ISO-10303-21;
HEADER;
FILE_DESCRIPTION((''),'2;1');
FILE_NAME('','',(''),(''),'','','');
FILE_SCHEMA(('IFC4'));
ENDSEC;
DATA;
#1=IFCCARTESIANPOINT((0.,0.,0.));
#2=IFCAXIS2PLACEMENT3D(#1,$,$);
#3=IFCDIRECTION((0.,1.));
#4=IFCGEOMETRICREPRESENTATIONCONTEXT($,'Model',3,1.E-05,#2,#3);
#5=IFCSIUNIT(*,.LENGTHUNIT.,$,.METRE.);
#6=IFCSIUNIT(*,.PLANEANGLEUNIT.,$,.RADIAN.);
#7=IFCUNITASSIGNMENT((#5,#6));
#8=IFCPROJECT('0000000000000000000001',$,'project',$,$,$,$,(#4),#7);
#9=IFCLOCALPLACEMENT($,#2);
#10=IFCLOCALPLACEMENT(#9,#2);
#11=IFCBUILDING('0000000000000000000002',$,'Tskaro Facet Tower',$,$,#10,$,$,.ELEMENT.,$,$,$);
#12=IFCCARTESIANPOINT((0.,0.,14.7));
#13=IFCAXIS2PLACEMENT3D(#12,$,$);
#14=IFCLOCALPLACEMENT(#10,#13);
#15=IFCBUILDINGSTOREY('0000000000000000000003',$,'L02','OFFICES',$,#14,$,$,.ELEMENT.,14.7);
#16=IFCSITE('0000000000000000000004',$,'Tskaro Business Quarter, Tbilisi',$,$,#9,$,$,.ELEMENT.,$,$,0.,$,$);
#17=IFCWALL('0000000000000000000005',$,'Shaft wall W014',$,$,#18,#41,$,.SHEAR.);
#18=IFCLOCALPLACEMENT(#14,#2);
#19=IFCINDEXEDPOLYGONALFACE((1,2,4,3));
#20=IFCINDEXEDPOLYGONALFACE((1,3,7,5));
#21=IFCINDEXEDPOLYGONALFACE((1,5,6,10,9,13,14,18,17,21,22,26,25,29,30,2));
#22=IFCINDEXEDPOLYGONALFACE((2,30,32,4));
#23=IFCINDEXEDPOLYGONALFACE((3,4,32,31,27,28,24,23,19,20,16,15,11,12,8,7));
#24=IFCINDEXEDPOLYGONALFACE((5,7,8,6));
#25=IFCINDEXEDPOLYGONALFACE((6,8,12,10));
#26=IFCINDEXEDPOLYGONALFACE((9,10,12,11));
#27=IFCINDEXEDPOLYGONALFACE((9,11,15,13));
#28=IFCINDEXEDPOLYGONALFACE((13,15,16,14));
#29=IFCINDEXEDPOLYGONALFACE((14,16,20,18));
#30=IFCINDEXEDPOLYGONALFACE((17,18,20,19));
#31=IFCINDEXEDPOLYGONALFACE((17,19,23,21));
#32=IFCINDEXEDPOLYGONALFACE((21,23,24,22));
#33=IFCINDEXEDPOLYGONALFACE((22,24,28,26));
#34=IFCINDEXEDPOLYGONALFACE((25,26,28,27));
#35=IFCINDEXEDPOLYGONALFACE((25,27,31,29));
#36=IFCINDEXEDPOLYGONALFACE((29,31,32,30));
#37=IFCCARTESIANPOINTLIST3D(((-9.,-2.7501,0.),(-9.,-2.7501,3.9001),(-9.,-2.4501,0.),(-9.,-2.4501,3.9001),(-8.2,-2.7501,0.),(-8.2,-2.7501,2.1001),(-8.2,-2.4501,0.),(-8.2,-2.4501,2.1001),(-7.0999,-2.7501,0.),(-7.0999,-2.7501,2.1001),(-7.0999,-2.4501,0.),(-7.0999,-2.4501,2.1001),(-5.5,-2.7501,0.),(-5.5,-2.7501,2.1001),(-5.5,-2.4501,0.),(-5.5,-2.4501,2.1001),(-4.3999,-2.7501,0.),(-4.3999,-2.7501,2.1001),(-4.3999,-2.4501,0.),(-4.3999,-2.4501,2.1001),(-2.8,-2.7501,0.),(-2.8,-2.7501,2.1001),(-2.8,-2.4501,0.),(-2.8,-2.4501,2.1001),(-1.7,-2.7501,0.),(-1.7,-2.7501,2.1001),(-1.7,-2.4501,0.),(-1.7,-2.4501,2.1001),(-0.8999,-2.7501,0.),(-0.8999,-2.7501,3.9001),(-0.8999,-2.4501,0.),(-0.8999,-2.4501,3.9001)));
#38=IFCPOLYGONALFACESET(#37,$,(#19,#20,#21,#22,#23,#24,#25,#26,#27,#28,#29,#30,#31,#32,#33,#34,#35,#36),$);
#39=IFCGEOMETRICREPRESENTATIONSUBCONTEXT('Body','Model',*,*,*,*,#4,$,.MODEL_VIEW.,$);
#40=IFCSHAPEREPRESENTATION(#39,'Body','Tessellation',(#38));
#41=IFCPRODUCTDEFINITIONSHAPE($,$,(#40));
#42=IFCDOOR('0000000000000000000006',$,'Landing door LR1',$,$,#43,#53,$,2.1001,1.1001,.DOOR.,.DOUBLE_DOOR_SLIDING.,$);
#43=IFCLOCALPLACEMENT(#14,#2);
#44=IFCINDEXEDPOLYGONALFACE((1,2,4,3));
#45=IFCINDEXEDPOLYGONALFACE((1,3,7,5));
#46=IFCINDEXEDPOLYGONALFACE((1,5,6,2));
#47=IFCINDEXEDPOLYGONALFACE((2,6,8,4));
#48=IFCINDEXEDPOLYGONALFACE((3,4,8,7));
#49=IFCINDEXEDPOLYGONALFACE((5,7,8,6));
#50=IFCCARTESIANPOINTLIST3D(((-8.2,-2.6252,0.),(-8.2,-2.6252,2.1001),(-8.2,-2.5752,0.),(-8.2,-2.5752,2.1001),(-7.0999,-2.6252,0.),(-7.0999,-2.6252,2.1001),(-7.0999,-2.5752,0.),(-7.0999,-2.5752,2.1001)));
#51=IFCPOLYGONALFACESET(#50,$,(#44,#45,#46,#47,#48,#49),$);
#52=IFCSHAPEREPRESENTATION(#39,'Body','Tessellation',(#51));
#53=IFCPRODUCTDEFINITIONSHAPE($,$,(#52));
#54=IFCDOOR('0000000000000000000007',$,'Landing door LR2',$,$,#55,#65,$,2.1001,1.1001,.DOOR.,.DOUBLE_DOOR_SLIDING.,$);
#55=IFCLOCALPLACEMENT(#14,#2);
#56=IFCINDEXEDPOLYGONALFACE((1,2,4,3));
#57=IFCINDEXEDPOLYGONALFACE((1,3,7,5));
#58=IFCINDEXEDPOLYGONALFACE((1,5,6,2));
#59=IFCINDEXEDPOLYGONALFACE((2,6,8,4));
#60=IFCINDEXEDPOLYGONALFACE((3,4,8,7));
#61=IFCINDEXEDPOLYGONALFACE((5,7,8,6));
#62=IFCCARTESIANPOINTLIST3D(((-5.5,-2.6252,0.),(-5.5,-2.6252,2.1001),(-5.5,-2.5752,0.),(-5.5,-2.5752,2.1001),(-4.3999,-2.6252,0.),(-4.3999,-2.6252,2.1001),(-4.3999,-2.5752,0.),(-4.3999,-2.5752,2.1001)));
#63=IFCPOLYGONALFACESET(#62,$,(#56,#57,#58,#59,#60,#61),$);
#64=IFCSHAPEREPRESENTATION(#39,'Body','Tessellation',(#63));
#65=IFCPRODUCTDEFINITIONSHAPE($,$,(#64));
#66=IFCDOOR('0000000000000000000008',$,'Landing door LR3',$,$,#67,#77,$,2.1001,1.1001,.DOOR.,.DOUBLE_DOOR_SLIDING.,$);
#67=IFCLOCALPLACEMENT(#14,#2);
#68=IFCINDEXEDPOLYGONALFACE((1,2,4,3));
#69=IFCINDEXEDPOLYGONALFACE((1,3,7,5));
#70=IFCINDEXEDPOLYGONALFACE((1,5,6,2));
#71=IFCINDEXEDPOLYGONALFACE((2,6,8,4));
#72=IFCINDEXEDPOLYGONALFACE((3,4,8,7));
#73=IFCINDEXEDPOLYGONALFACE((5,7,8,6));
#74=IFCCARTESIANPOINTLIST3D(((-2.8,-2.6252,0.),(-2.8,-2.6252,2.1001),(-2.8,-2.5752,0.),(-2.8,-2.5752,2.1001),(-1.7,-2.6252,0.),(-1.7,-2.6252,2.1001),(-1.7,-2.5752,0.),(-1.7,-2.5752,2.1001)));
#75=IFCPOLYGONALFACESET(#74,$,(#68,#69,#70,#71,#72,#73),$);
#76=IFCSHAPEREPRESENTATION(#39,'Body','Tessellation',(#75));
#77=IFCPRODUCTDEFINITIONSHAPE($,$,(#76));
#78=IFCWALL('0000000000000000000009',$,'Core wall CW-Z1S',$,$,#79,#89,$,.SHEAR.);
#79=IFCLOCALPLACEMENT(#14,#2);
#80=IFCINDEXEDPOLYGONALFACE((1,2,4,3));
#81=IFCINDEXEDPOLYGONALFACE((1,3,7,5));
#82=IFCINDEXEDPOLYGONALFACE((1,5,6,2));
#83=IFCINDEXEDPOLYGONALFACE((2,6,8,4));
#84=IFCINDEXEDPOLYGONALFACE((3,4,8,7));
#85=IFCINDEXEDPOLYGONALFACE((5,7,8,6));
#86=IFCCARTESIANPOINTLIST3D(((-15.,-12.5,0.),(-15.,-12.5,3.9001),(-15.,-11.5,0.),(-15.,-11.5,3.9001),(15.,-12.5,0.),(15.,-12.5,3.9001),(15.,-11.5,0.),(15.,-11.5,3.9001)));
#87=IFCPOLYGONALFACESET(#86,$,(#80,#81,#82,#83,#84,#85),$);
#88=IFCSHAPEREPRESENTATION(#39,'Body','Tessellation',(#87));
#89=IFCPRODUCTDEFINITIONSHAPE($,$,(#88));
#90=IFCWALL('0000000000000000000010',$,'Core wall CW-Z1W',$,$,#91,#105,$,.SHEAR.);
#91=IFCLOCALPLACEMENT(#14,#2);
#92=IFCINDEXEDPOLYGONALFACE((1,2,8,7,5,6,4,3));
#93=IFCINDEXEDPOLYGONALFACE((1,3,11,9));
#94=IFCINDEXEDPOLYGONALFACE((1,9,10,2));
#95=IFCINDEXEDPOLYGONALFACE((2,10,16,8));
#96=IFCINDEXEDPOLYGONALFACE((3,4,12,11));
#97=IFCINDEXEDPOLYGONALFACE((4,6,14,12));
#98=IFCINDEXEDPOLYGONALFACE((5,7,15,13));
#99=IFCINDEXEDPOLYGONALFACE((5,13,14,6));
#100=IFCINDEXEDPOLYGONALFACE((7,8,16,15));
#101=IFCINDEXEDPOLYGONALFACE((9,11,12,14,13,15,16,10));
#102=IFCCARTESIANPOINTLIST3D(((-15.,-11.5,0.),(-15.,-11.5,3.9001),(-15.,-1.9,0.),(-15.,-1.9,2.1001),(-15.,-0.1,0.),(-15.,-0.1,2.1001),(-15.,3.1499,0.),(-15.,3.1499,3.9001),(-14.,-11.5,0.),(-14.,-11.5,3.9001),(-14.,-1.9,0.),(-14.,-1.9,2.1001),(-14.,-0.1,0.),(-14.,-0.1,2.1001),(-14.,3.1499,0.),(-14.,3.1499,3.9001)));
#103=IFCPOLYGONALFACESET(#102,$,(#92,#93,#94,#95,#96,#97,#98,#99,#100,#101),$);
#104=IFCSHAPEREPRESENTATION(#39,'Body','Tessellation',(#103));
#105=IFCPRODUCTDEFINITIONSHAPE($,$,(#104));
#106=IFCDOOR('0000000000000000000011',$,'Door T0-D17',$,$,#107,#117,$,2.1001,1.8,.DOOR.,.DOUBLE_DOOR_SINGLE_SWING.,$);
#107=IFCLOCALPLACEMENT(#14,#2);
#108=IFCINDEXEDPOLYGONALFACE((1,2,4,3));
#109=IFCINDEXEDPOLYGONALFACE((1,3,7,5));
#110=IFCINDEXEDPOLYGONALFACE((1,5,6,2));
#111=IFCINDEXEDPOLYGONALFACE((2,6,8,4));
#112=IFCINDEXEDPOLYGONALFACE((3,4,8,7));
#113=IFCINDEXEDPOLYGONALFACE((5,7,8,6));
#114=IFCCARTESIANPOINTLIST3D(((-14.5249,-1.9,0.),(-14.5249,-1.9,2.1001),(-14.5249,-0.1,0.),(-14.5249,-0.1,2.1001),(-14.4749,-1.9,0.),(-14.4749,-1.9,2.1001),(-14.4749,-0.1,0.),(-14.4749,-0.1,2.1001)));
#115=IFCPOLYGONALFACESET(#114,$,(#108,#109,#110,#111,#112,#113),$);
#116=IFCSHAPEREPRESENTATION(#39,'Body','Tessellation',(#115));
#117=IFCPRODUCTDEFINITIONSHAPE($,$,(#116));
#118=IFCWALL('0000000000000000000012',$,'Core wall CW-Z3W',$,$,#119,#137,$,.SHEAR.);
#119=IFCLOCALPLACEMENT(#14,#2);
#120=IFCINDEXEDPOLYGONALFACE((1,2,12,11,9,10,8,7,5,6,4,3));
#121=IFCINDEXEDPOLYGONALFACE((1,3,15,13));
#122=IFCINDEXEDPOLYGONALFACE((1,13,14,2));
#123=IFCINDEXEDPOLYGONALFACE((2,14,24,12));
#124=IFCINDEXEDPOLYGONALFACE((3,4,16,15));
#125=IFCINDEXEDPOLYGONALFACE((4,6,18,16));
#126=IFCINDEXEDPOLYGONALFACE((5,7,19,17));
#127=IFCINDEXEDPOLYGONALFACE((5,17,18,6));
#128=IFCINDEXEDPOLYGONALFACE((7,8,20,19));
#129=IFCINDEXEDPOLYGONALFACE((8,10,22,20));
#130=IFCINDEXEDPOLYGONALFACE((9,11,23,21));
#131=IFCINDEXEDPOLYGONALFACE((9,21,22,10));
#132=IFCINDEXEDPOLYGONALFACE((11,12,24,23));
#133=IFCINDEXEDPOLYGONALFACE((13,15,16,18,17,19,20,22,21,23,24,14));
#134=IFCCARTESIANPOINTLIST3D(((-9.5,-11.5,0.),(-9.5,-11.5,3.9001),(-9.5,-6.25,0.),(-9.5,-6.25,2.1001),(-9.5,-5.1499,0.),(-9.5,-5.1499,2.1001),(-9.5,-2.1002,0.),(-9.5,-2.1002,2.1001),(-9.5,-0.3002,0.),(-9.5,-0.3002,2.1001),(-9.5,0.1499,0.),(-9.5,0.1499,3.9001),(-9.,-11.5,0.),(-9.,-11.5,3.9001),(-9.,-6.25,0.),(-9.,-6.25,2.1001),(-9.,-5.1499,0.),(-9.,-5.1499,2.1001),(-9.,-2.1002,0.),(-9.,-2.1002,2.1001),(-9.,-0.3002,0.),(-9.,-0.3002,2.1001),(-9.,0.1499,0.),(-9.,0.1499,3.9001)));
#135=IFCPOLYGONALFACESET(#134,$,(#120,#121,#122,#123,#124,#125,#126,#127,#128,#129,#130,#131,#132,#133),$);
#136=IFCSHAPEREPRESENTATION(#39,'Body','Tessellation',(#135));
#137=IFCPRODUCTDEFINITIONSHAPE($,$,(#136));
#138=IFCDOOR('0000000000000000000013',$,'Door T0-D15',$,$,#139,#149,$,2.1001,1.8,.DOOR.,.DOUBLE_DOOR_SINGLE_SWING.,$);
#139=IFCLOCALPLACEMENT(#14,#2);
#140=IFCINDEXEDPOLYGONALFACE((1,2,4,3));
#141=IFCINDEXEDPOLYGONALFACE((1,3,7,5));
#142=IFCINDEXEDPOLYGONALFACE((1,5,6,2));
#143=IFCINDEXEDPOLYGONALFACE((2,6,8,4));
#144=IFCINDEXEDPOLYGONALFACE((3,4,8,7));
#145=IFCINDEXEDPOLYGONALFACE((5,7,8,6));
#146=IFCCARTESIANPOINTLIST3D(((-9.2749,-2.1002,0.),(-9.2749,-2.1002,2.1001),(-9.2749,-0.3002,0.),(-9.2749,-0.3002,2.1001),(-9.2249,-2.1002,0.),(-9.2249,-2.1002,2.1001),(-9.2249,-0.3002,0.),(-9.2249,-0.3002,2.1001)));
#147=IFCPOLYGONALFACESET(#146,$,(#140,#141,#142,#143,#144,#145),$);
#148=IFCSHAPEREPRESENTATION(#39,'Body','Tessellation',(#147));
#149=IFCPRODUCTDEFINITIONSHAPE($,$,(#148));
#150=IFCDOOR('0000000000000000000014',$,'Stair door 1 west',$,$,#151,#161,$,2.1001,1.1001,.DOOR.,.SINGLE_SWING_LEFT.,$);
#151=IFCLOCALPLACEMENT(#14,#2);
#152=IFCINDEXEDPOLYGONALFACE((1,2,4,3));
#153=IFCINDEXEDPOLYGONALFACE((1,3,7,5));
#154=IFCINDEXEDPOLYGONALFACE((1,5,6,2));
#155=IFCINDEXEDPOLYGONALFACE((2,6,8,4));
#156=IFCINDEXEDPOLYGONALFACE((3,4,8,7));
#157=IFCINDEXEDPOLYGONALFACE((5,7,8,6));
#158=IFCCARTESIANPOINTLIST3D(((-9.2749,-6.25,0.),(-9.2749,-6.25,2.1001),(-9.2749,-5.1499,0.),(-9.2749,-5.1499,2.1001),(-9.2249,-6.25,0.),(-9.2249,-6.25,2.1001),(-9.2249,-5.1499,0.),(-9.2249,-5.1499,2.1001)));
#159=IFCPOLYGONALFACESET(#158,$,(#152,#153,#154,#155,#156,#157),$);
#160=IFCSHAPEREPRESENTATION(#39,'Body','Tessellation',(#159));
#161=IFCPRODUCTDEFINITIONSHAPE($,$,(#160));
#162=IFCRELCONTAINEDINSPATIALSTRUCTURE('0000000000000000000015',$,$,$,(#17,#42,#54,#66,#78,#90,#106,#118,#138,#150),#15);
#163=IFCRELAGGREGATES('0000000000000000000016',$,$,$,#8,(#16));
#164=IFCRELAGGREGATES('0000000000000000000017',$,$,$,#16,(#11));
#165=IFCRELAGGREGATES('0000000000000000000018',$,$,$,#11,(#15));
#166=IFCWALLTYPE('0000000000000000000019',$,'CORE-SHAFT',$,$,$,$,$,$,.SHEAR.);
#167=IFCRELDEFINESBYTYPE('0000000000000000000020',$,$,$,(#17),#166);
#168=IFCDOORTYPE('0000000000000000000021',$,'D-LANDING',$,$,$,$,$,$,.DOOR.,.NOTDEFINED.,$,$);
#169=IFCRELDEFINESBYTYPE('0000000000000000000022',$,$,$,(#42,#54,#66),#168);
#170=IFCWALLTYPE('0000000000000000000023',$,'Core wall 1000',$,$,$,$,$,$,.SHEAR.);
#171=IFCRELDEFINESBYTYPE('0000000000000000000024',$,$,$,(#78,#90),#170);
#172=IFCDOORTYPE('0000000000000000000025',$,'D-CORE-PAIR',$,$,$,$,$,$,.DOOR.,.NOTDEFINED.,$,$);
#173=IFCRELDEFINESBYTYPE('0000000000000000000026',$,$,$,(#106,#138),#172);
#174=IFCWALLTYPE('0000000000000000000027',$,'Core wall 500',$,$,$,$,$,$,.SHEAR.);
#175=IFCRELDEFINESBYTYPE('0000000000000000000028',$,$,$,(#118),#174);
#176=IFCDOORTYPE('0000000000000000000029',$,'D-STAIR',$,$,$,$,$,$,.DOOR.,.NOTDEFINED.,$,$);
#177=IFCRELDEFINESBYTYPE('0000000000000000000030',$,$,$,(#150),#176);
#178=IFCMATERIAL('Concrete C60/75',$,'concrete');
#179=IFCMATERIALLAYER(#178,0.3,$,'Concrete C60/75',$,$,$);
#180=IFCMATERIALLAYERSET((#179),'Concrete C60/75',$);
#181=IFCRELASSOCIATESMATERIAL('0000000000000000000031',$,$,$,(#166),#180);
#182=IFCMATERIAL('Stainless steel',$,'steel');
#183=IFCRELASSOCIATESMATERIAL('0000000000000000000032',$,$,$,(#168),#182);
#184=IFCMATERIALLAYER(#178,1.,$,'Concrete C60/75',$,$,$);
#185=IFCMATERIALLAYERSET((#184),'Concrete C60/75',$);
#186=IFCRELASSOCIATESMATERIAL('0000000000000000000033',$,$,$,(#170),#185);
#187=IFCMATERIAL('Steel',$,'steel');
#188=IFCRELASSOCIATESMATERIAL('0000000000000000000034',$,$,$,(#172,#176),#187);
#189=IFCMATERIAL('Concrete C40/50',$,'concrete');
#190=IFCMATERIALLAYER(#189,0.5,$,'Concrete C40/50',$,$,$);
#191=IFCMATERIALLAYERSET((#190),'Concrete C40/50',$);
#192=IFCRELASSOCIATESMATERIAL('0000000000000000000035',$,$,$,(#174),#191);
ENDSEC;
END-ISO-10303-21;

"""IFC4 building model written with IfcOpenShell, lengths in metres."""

from ifc_helpers import new_model, si_unit, direction, frame, frame_2d, origin, place, context, subcontext, project, spatial, rectangle, extrude, material, layer, layer_set, type_object, element, fill, save


model = new_model("IFC4")

# Units and contexts
model_context = context("Model", 3, precision=1e-05, world=origin(), true_north=direction((0.0, 1.0)))
body_context = subcontext(model_context, "Body", "Model", "MODEL_VIEW")
ifc_project = project(units=[si_unit("LENGTHUNIT", "METRE"), si_unit("PLANEANGLEUNIT", "RADIAN")], contexts=[model_context])

# Site, building, storey
site_placement = place(None, origin())
site = spatial("IfcSite", under=ifc_project, at=site_placement, Name="Tskaro Business Quarter, Tbilisi", CompositionType="ELEMENT", RefElevation=0.0)
building_placement = place(site_placement, origin())
building = spatial("IfcBuilding", under=site, at=building_placement, Name="Tskaro Facet Tower", CompositionType="ELEMENT")
storey_placement = place(building_placement, frame((0.0, 0.0, 14.7)))
storey = spatial("IfcBuildingStorey", under=building, at=storey_placement, Name="L02", Description="OFFICES", CompositionType="ELEMENT", Elevation=14.7)

# Shared definitions
ifc_material_1 = material(Name="Concrete C60/75", Category="concrete")
ifc_layer_1 = layer(ifc_material_1, 0.3, Name="Concrete C60/75")
ifc_layer_set_1 = layer_set([ifc_layer_1], Name="Concrete C60/75")
wall_type_1 = type_object("IfcWallType", Name="CORE-SHAFT", PredefinedType="SHEAR", material=ifc_layer_set_1)

# Wall, openings, doors
wall_1_placement = place(storey_placement, frame((-9.0, -2.6001, 0.0), z_axis=(0.0, 0.0, 1.0), x_axis=(1.0, 0.0, 0.0)))
wall_1 = element("IfcWall", 1, at=wall_1_placement, inside=storey, type_object=wall_type_1, Name="Shaft wall W014", PredefinedType="SHEAR", context=body_context, shape_type="SweptSolid", body=[
    extrude(rectangle(XDim=8.1001, YDim=0.3, at=frame_2d((4.05, 0.0))), origin(), (0.0, 0.0, 1.0), 3.9001),
])
opening_1_placement = place(wall_1_placement, frame((0.8, 0.0, 0.0)))
opening_1 = element("IfcOpeningElement", 2, at=opening_1_placement, cuts=wall_1, PredefinedType="OPENING", context=body_context, shape_type="SweptSolid", body=[
    extrude(rectangle(XDim=1.1001, YDim=2.1001, at=frame_2d((0.55, 1.05))), frame((0.0, 0.1599, 0.0), z_axis=(0.0, -1.0, 0.0), x_axis=(1.0, 0.0, 0.0)), (0.0, 0.0, 1.0), 0.3201),
])
opening_2_placement = place(wall_1_placement, frame((3.5, 0.0, 0.0)))
opening_2 = element("IfcOpeningElement", 3, at=opening_2_placement, cuts=wall_1, PredefinedType="OPENING", context=body_context, shape_type="SweptSolid", body=[
    extrude(rectangle(XDim=1.1001, YDim=2.1001, at=frame_2d((0.55, 1.05))), frame((0.0, 0.1599, 0.0), z_axis=(0.0, -1.0, 0.0), x_axis=(1.0, 0.0, 0.0)), (0.0, 0.0, 1.0), 0.3201),
])
opening_3_placement = place(wall_1_placement, frame((6.2, 0.0, 0.0)))
opening_3 = element("IfcOpeningElement", 4, at=opening_3_placement, cuts=wall_1, PredefinedType="OPENING", context=body_context, shape_type="SweptSolid", body=[
    extrude(rectangle(XDim=1.1001, YDim=2.1001, at=frame_2d((0.55, 1.05))), frame((0.0, 0.1599, 0.0), z_axis=(0.0, -1.0, 0.0), x_axis=(1.0, 0.0, 0.0)), (0.0, 0.0, 1.0), 0.3201),
])
ifc_material_2 = material(Name="Stainless steel", Category="steel")
door_type_1 = type_object("IfcDoorType", Name="D-LANDING", OperationType="NOTDEFINED", PredefinedType="DOOR", material=ifc_material_2)
door_1_placement = place(opening_1_placement, origin())
door_1 = element("IfcDoor", 5, at=door_1_placement, inside=storey, type_object=door_type_1, Name="Landing door LR1", OperationType="DOUBLE_DOOR_SLIDING", OverallHeight=2.1001, OverallWidth=1.1001, PredefinedType="DOOR", context=body_context, shape_type="SweptSolid", body=[
    extrude(rectangle(XDim=1.1001, YDim=2.1001, at=frame_2d((0.55, 1.05))), frame((0.0, 0.0249, 0.0), z_axis=(0.0, -1.0, 0.0), x_axis=(1.0, 0.0, 0.0)), (0.0, 0.0, 1.0), 0.05),
])
fill(opening_1, door_1)
door_2_placement = place(opening_2_placement, origin())
door_2 = element("IfcDoor", 6, at=door_2_placement, inside=storey, type_object=door_type_1, Name="Landing door LR2", OperationType="DOUBLE_DOOR_SLIDING", OverallHeight=2.1001, OverallWidth=1.1001, PredefinedType="DOOR", context=body_context, shape_type="SweptSolid", body=[
    extrude(rectangle(XDim=1.1001, YDim=2.1001, at=frame_2d((0.55, 1.05))), frame((0.0, 0.0249, 0.0), z_axis=(0.0, -1.0, 0.0), x_axis=(1.0, 0.0, 0.0)), (0.0, 0.0, 1.0), 0.05),
])
fill(opening_2, door_2)
door_3_placement = place(opening_3_placement, origin())
door_3 = element("IfcDoor", 7, at=door_3_placement, inside=storey, type_object=door_type_1, Name="Landing door LR3", OperationType="DOUBLE_DOOR_SLIDING", OverallHeight=2.1001, OverallWidth=1.1001, PredefinedType="DOOR", context=body_context, shape_type="SweptSolid", body=[
    extrude(rectangle(XDim=1.1001, YDim=2.1001, at=frame_2d((0.55, 1.05))), frame((0.0, 0.0249, 0.0), z_axis=(0.0, -1.0, 0.0), x_axis=(1.0, 0.0, 0.0)), (0.0, 0.0, 1.0), 0.05),
])
fill(opening_3, door_3)

# Wall
ifc_layer_2 = layer(ifc_material_1, 1.0, Name="Concrete C60/75")
ifc_layer_set_2 = layer_set([ifc_layer_2], Name="Concrete C60/75")
wall_type_2 = type_object("IfcWallType", Name="Core wall 1000", PredefinedType="SHEAR", material=ifc_layer_set_2)
wall_2_placement = place(storey_placement, frame((-15.0, -12.0, 0.0), z_axis=(0.0, 0.0, 1.0), x_axis=(1.0, 0.0, 0.0)))
element("IfcWall", 8, at=wall_2_placement, inside=storey, type_object=wall_type_2, Name="Core wall CW-Z1S", PredefinedType="SHEAR", context=body_context, shape_type="SweptSolid", body=[
    extrude(rectangle(XDim=30.0, YDim=1.0, at=frame_2d((15.0, 0.0))), origin(), (0.0, 0.0, 1.0), 3.9001),
])

# Wall, opening, door
wall_3_placement = place(storey_placement, frame((-14.5, -11.5, 0.0), z_axis=(0.0, 0.0, 1.0), x_axis=(0.0, 1.0, 0.0)))
wall_3 = element("IfcWall", 9, at=wall_3_placement, inside=storey, type_object=wall_type_2, Name="Core wall CW-Z1W", PredefinedType="SHEAR", context=body_context, shape_type="SweptSolid", body=[
    extrude(rectangle(XDim=14.6499, YDim=1.0, at=frame_2d((7.325, 0.0))), origin(), (0.0, 0.0, 1.0), 3.9001),
])
opening_4_placement = place(wall_3_placement, frame((9.6001, 0.0, 0.0)))
opening_4 = element("IfcOpeningElement", 10, at=opening_4_placement, cuts=wall_3, PredefinedType="OPENING", context=body_context, shape_type="SweptSolid", body=[
    extrude(rectangle(XDim=1.8, YDim=2.1001, at=frame_2d((0.8999, 1.05))), frame((0.0, 0.51, 0.0), z_axis=(0.0, -1.0, 0.0), x_axis=(1.0, 0.0, 0.0)), (0.0, 0.0, 1.0), 1.02),
])
ifc_material_3 = material(Name="Steel", Category="steel")
door_type_2 = type_object("IfcDoorType", Name="D-CORE-PAIR", OperationType="NOTDEFINED", PredefinedType="DOOR", material=ifc_material_3)
door_4_placement = place(opening_4_placement, origin())
door_4 = element("IfcDoor", 11, at=door_4_placement, inside=storey, type_object=door_type_2, Name="Door T0-D17", OperationType="DOUBLE_DOOR_SINGLE_SWING", OverallHeight=2.1001, OverallWidth=1.8, PredefinedType="DOOR", context=body_context, shape_type="SweptSolid", body=[
    extrude(rectangle(XDim=1.8, YDim=2.1001, at=frame_2d((0.8999, 1.05))), frame((0.0, 0.0249, 0.0), z_axis=(0.0, -1.0, 0.0), x_axis=(1.0, 0.0, 0.0)), (0.0, 0.0, 1.0), 0.05),
])
fill(opening_4, door_4)

# Wall, openings, doors
ifc_material_4 = material(Name="Concrete C40/50", Category="concrete")
ifc_layer_3 = layer(ifc_material_4, 0.5, Name="Concrete C40/50")
ifc_layer_set_3 = layer_set([ifc_layer_3], Name="Concrete C40/50")
wall_type_3 = type_object("IfcWallType", Name="Core wall 500", PredefinedType="SHEAR", material=ifc_layer_set_3)
wall_4_placement = place(storey_placement, frame((-9.25, -11.5, 0.0), z_axis=(0.0, 0.0, 1.0), x_axis=(0.0, 1.0, 0.0)))
wall_4 = element("IfcWall", 12, at=wall_4_placement, inside=storey, type_object=wall_type_3, Name="Core wall CW-Z3W", PredefinedType="SHEAR", context=body_context, shape_type="SweptSolid", body=[
    extrude(rectangle(XDim=11.6499, YDim=0.5, at=frame_2d((5.825, 0.0))), origin(), (0.0, 0.0, 1.0), 3.9001),
])
opening_5_placement = place(wall_4_placement, frame((9.3999, 0.0, 0.0)))
opening_5 = element("IfcOpeningElement", 13, at=opening_5_placement, cuts=wall_4, PredefinedType="OPENING", context=body_context, shape_type="SweptSolid", body=[
    extrude(rectangle(XDim=1.8, YDim=2.1001, at=frame_2d((0.8999, 1.05))), frame((0.0, 0.26, 0.0), z_axis=(0.0, -1.0, 0.0), x_axis=(1.0, 0.0, 0.0)), (0.0, 0.0, 1.0), 0.52),
])
opening_6_placement = place(wall_4_placement, frame((5.25, 0.0, 0.0)))
opening_6 = element("IfcOpeningElement", 14, at=opening_6_placement, cuts=wall_4, PredefinedType="OPENING", context=body_context, shape_type="SweptSolid", body=[
    extrude(rectangle(XDim=1.1001, YDim=2.1001, at=frame_2d((0.55, 1.05))), frame((0.0, 0.26, 0.0), z_axis=(0.0, -1.0, 0.0), x_axis=(1.0, 0.0, 0.0)), (0.0, 0.0, 1.0), 0.52),
])
door_5_placement = place(opening_5_placement, origin())
door_5 = element("IfcDoor", 15, at=door_5_placement, inside=storey, type_object=door_type_2, Name="Door T0-D15", OperationType="DOUBLE_DOOR_SINGLE_SWING", OverallHeight=2.1001, OverallWidth=1.8, PredefinedType="DOOR", context=body_context, shape_type="SweptSolid", body=[
    extrude(rectangle(XDim=1.8, YDim=2.1001, at=frame_2d((0.8999, 1.05))), frame((0.0, 0.0249, 0.0), z_axis=(0.0, -1.0, 0.0), x_axis=(1.0, 0.0, 0.0)), (0.0, 0.0, 1.0), 0.05),
])
fill(opening_5, door_5)
door_type_3 = type_object("IfcDoorType", Name="D-STAIR", OperationType="NOTDEFINED", PredefinedType="DOOR", material=ifc_material_3)
door_6_placement = place(opening_6_placement, origin())
door_6 = element("IfcDoor", 16, at=door_6_placement, inside=storey, type_object=door_type_3, Name="Stair door 1 west", OperationType="SINGLE_SWING_LEFT", OverallHeight=2.1001, OverallWidth=1.1001, PredefinedType="DOOR", context=body_context, shape_type="SweptSolid", body=[
    extrude(rectangle(XDim=1.1001, YDim=2.1001, at=frame_2d((0.55, 1.05))), frame((0.0, 0.0249, 0.0), z_axis=(0.0, -1.0, 0.0), x_axis=(1.0, 0.0, 0.0)), (0.0, 0.0, 1.0), 0.05),
])
fill(opening_6, door_6)

save(model, "model.ifc")
